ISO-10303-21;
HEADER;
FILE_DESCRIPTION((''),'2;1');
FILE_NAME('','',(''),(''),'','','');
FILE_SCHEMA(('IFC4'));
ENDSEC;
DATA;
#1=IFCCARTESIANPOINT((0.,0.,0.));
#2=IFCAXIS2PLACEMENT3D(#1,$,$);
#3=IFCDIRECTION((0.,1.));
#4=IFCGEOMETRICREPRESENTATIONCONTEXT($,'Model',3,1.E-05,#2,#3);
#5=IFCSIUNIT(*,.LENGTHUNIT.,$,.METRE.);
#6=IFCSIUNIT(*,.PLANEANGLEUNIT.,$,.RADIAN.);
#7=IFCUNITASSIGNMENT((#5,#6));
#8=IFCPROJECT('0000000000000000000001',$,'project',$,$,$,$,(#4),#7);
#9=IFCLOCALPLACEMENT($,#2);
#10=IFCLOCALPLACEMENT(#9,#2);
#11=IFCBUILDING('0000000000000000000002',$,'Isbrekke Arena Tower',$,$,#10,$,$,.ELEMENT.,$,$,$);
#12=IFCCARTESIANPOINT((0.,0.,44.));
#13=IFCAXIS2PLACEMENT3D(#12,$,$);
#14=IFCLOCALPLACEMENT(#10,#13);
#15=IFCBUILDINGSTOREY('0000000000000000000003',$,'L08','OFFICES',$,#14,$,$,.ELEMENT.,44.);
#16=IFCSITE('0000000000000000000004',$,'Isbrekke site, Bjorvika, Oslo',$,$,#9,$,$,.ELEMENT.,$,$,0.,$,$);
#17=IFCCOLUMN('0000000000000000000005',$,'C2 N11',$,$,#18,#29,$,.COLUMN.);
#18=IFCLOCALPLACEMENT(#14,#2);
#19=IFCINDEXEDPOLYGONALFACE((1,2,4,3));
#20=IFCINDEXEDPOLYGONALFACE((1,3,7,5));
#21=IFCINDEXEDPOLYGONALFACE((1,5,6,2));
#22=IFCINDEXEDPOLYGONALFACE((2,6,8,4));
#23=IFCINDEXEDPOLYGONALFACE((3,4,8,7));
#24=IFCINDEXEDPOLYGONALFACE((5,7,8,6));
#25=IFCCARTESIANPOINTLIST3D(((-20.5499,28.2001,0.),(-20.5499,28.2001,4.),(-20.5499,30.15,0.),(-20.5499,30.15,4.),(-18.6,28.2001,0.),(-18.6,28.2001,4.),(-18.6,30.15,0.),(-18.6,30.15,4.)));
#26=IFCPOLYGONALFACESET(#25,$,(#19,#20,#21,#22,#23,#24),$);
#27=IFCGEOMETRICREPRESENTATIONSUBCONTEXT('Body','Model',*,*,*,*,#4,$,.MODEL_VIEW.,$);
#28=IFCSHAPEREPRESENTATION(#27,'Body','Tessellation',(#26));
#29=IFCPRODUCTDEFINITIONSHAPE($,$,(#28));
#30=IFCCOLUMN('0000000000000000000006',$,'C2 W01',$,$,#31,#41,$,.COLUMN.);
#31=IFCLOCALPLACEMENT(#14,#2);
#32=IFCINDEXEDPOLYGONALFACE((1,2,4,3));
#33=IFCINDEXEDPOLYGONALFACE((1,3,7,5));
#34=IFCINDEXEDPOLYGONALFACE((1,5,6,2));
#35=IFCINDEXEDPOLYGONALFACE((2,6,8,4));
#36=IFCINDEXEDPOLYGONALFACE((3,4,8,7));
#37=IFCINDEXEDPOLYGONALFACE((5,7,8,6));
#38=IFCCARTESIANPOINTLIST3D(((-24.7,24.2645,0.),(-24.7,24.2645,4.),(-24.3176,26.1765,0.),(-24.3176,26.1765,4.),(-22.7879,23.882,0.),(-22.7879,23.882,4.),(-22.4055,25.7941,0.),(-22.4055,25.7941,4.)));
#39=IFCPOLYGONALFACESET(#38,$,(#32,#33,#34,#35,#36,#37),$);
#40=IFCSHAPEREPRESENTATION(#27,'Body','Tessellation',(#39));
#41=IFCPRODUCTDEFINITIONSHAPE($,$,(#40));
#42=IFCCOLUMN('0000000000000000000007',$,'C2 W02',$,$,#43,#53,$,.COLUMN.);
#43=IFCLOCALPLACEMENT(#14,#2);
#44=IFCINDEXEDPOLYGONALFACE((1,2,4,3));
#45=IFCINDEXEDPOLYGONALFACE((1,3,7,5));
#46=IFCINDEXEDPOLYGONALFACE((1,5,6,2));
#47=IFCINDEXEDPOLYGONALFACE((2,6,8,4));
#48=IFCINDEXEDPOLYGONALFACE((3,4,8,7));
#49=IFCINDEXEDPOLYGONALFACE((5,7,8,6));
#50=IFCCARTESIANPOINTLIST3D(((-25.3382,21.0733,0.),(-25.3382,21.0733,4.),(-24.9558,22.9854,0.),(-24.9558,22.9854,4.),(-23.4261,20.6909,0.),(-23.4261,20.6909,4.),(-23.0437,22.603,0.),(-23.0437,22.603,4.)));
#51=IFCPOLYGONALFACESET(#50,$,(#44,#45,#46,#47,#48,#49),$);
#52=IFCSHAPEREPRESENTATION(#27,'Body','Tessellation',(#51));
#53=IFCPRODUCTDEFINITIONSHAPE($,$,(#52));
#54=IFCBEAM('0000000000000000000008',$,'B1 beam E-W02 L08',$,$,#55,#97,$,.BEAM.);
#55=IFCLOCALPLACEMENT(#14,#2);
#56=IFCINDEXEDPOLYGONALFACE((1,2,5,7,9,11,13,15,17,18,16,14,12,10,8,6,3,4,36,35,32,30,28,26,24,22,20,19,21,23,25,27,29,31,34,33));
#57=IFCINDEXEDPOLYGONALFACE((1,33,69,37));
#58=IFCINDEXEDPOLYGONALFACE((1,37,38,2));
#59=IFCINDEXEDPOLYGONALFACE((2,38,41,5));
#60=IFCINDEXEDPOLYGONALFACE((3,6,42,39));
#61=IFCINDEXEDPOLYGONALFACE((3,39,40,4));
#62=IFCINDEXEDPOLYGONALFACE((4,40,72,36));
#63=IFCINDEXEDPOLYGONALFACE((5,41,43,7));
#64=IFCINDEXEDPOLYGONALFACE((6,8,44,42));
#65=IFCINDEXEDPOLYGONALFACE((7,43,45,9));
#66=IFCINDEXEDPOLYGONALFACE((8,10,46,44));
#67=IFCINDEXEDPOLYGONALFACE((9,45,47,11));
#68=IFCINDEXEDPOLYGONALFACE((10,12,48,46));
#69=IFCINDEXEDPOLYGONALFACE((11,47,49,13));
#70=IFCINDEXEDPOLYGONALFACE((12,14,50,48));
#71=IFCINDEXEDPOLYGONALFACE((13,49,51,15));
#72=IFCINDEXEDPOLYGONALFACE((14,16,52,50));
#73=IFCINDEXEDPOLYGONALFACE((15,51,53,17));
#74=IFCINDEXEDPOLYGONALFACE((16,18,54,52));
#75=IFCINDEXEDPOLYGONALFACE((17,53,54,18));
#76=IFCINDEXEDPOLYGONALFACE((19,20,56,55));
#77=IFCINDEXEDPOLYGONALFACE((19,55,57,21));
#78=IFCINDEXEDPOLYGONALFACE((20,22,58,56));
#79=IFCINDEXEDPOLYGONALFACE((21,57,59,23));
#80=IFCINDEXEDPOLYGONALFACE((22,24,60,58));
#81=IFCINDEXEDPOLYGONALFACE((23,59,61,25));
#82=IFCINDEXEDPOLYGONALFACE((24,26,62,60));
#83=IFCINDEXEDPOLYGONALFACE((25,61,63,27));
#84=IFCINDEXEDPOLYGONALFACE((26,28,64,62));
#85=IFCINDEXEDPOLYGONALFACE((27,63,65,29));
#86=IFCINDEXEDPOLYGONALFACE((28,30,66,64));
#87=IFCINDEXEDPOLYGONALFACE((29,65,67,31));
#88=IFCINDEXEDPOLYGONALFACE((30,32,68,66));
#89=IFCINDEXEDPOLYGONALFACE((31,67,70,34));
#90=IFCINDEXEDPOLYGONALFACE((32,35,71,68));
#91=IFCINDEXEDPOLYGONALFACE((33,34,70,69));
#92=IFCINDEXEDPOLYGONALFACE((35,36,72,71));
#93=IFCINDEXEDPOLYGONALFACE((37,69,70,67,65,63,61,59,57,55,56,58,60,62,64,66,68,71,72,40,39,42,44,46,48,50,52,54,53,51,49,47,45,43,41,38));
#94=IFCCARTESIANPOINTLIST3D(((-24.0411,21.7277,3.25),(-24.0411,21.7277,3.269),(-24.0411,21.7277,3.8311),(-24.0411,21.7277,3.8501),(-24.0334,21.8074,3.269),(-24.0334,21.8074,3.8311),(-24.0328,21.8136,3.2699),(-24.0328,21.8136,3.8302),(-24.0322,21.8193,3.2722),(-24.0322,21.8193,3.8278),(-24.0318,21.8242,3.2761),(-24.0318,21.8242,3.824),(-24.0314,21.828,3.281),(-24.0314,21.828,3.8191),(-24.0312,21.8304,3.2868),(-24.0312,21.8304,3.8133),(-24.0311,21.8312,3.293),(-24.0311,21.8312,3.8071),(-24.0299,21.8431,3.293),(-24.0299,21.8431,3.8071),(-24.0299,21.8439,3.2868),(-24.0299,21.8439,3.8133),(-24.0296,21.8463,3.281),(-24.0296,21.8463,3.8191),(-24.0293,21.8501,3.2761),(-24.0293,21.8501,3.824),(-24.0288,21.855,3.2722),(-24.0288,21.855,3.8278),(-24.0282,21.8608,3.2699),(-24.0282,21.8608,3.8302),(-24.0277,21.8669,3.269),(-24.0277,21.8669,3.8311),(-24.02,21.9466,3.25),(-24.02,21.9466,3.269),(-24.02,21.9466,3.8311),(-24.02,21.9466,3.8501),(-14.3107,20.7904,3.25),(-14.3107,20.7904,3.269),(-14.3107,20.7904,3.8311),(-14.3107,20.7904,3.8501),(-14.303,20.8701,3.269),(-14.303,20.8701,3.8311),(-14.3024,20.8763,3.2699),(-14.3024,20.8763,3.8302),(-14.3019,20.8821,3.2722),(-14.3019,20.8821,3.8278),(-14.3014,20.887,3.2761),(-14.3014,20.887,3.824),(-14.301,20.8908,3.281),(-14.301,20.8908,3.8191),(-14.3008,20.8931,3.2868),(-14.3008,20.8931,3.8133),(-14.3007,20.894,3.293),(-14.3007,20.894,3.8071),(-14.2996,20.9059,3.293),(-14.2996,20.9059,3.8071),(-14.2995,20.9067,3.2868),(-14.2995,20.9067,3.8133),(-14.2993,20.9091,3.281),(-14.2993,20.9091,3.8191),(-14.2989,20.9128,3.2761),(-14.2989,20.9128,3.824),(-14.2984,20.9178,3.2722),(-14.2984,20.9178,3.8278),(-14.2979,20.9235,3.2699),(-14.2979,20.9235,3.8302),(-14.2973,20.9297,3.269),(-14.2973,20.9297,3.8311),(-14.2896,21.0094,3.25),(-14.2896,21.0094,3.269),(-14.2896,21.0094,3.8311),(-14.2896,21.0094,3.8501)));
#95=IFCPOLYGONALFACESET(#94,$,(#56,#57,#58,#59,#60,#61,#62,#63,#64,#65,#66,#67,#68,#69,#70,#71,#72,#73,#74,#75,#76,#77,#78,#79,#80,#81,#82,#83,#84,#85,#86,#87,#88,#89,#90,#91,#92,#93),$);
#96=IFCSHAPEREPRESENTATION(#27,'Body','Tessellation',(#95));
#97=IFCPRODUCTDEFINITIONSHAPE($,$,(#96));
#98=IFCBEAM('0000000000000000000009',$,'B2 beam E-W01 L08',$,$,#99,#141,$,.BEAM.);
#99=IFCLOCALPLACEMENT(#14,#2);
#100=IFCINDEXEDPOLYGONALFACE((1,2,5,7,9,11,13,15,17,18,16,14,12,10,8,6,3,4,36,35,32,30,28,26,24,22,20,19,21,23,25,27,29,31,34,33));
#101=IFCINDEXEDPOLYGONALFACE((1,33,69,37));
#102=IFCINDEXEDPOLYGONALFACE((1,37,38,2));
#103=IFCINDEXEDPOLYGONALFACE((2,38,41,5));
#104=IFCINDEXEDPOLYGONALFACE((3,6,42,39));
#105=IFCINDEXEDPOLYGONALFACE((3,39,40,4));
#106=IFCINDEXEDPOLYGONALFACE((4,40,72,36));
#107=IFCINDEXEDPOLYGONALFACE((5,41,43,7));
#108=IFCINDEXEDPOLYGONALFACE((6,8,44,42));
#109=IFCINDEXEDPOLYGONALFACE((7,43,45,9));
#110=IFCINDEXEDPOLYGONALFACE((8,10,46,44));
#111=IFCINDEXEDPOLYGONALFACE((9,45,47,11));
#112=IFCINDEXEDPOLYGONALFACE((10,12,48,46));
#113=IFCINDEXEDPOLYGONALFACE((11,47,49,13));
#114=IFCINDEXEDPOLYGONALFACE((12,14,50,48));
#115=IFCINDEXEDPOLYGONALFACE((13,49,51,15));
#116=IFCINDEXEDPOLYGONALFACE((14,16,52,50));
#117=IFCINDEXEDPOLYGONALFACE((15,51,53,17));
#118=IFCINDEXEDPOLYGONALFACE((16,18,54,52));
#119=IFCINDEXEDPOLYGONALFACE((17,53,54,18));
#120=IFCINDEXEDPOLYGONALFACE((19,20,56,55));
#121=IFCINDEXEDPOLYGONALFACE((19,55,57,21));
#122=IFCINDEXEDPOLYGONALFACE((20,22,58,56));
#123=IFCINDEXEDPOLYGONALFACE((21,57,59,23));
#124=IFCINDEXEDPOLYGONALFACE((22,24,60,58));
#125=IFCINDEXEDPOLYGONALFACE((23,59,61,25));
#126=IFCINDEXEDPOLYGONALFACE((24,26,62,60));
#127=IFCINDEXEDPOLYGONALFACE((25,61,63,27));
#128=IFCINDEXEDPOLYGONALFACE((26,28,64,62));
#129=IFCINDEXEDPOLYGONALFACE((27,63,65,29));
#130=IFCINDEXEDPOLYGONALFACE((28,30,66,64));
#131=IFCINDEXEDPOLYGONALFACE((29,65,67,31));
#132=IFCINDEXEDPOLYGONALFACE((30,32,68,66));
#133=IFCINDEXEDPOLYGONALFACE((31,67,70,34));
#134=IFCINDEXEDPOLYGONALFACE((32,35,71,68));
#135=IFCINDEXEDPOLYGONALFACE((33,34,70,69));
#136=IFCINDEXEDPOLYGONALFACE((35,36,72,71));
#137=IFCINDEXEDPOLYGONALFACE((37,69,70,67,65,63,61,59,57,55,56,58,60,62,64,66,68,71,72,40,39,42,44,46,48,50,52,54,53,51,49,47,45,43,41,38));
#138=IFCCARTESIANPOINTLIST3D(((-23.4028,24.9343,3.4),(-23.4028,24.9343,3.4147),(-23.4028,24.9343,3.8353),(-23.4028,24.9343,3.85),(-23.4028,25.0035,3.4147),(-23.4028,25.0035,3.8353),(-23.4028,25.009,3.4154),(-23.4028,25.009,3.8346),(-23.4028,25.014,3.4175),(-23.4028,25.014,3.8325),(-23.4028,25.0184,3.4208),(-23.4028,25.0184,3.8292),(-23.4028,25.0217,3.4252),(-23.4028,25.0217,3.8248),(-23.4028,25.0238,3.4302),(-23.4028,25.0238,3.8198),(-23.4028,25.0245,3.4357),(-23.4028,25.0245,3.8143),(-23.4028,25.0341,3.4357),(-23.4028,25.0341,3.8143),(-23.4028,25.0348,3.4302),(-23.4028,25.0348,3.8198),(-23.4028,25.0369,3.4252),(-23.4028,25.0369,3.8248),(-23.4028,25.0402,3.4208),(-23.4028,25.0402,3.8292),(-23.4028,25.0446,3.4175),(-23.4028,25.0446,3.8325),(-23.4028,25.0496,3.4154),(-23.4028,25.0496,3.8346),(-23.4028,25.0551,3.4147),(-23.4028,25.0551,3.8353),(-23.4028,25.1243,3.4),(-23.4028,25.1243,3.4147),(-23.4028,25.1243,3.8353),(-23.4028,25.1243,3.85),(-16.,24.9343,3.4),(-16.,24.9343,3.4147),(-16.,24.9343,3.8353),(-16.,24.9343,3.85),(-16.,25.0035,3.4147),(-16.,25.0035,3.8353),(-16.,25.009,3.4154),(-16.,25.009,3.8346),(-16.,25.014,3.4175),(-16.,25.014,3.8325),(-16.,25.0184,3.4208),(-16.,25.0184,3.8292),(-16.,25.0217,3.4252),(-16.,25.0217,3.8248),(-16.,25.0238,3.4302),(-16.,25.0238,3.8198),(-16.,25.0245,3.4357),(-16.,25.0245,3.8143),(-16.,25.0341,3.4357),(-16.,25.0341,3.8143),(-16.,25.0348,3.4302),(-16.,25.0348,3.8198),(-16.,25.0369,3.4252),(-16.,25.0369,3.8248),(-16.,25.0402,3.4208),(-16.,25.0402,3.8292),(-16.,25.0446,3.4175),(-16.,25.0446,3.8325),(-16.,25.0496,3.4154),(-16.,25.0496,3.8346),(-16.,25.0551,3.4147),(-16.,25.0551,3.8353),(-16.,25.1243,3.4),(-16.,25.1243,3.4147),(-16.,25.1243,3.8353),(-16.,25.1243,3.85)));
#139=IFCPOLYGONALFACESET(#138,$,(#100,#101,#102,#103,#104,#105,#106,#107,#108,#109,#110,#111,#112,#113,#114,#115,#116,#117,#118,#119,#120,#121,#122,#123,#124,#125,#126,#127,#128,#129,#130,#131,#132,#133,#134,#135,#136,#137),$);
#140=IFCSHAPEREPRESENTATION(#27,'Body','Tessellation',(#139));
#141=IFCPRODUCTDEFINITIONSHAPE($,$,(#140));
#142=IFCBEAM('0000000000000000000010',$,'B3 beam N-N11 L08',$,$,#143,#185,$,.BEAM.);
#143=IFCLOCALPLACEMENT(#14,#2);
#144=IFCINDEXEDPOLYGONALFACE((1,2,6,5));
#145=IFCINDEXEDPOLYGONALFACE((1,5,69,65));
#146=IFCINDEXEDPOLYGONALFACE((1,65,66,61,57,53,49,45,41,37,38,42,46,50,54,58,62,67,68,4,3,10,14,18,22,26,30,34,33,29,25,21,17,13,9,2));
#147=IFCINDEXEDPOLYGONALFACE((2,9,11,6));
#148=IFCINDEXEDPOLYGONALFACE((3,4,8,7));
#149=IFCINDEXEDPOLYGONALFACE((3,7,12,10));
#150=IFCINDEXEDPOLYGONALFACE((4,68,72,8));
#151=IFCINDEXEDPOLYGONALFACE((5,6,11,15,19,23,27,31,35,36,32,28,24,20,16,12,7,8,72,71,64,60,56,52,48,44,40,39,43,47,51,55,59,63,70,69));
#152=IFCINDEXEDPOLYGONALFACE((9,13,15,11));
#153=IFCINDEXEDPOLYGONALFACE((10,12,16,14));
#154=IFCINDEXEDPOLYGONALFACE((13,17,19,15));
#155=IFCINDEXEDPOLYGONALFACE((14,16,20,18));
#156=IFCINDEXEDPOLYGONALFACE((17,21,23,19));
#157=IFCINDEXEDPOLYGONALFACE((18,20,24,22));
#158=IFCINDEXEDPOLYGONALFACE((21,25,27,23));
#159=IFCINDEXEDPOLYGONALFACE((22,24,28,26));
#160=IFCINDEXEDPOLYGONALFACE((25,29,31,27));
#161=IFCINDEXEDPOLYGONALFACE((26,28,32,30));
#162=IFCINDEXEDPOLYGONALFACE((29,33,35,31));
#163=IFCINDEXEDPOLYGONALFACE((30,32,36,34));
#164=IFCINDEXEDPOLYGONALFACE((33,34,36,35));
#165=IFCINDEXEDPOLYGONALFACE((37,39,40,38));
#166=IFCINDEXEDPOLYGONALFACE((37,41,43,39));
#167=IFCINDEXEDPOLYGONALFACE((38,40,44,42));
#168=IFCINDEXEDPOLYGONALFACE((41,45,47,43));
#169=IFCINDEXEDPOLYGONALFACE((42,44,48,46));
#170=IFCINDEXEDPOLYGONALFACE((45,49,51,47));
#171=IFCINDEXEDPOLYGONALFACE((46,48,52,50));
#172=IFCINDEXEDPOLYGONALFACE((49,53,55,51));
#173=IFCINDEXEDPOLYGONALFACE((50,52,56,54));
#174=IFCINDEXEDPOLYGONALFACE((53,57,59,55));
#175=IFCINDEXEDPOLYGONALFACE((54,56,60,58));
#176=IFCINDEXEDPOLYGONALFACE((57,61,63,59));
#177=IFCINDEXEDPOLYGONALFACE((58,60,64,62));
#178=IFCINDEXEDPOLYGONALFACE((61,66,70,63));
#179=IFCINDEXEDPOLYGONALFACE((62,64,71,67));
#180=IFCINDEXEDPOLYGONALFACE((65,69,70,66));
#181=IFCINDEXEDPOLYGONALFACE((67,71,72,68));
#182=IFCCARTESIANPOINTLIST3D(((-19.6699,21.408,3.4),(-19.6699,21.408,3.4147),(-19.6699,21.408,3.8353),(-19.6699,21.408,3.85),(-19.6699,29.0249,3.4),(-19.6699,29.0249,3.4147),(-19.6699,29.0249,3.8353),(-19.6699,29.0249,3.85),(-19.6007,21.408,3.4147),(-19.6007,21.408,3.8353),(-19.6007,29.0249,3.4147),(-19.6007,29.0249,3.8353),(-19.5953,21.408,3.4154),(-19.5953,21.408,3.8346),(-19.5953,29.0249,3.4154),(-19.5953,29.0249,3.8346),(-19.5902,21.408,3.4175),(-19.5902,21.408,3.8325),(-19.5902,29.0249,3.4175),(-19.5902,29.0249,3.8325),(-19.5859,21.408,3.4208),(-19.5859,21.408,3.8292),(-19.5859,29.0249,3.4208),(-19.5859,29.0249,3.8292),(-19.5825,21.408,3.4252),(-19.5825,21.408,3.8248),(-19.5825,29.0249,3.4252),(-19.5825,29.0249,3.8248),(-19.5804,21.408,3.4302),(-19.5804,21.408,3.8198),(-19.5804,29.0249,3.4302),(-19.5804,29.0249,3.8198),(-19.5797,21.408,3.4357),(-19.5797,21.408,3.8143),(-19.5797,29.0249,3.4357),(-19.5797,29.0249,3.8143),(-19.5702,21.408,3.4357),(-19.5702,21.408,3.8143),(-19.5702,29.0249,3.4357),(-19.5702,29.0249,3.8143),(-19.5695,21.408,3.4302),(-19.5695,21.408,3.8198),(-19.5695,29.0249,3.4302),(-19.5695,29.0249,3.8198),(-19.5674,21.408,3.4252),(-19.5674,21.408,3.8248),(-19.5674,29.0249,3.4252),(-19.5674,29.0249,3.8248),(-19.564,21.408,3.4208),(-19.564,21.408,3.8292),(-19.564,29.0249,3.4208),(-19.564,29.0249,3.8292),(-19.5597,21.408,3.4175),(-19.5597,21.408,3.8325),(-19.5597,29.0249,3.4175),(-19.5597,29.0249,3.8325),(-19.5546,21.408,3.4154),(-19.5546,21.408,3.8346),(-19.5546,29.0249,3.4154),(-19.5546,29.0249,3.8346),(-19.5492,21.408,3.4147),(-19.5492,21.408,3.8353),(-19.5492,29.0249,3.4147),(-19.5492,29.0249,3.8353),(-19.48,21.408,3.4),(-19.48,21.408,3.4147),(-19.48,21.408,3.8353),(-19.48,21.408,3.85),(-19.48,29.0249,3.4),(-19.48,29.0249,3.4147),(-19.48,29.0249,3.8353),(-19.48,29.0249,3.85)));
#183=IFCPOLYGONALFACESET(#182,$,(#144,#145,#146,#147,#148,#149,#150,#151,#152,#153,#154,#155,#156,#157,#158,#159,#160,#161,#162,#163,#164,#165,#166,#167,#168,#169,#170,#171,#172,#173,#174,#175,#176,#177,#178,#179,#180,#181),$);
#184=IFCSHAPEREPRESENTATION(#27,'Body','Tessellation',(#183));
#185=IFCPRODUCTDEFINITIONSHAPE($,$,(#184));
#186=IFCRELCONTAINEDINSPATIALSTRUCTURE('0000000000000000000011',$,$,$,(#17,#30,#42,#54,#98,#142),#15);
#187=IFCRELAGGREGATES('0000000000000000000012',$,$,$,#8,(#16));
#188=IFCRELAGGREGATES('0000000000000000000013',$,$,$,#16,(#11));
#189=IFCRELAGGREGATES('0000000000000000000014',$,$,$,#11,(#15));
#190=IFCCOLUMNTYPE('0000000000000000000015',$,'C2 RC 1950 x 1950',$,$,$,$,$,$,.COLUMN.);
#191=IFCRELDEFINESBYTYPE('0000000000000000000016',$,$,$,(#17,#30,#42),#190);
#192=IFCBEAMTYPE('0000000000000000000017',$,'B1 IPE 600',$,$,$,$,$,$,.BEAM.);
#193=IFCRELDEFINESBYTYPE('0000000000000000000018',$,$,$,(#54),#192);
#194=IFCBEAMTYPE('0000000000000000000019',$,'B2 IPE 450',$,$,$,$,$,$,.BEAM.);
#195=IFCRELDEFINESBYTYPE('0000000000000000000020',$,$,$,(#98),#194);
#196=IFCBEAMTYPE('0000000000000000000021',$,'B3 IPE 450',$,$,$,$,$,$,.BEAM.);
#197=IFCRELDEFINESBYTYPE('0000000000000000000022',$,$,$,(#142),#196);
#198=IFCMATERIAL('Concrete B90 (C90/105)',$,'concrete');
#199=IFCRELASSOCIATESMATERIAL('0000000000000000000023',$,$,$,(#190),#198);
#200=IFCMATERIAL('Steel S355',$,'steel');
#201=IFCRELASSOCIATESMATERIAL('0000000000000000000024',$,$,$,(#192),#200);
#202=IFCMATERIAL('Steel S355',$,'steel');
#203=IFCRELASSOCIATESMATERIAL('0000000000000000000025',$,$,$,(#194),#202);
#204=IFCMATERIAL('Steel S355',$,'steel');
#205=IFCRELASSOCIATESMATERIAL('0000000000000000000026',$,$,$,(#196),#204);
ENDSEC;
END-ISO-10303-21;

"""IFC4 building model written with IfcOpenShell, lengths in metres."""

from ifc_helpers import new_model, si_unit, direction, frame, origin, origin_2d, place, context, subcontext, project, spatial, rectangle, i_section, extrude, material, material_profile, profile_set, type_object, element, save


model = new_model("IFC4")

# Units and contexts
model_context = context("Model", 3, precision=1e-05, world=origin(), true_north=direction((0.0, 1.0)))
body_context = subcontext(model_context, "Body", "Model", "MODEL_VIEW")
ifc_project = project(units=[si_unit("LENGTHUNIT", "METRE"), si_unit("PLANEANGLEUNIT", "RADIAN")], contexts=[model_context])

# Site, building, storey
site_placement = place(None, origin())
site = spatial("IfcSite", under=ifc_project, at=site_placement, Name="Isbrekke site, Bjorvika, Oslo", CompositionType="ELEMENT", RefElevation=0.0)
building_placement = place(site_placement, origin())
building = spatial("IfcBuilding", under=site, at=building_placement, Name="Isbrekke Arena Tower", CompositionType="ELEMENT")
storey_placement = place(building_placement, frame((0.0, 0.0, 44.0)))
storey = spatial("IfcBuildingStorey", under=building, at=storey_placement, Name="L08", Description="OFFICES", CompositionType="ELEMENT", Elevation=44.0)

# Columns
ifc_material_1 = material(Name="Concrete B90 (C90/105)", Category="concrete")
ifc_material_profile_1 = material_profile(ifc_material_1, rectangle(XDim=1.95, YDim=1.95, at=origin_2d()), Name="RC 1950x1950")
ifc_profile_set_1 = profile_set([ifc_material_profile_1], Name="Concrete B90 (C90/105)")
column_type = type_object("IfcColumnType", Name="C2 RC 1950 x 1950", PredefinedType="COLUMN", material=ifc_profile_set_1)
for number, where, z_axis, x_axis, name in (
    (1, (-19.575, 29.175, 0.0), (0.0, 0.0, 1.0), (-1.0, 0.0, 0.0), "C2 N11"),
    (2, (-23.5527, 25.0293, 0.0), (0.0, 0.0, 1.0), (-0.196116, -0.980581, 0.0), "C2 W01"),
    (3, (-24.1909, 21.8381, 0.0), (0.0, 0.0, 1.0), (-0.196116, -0.980581, 0.0), "C2 W02"),
):
    element("IfcColumn", number, at=place(storey_placement, frame(where, z_axis=z_axis, x_axis=x_axis)), inside=storey, type_object=column_type, Name=name, PredefinedType="COLUMN", context=body_context, shape_type="SweptSolid", body=[
        extrude(rectangle(XDim=1.95, YDim=1.95, at=origin_2d()), origin(), (0.0, 0.0, 1.0), 4.0),
    ])

# Beams
ifc_material_2 = material(Name="Steel S355", Category="steel")
ifc_material_profile_2 = material_profile(ifc_material_2, i_section(OverallWidth=0.22, OverallDepth=0.6001, WebThickness=0.012, FlangeThickness=0.019, FilletRadius=0.0239, at=origin_2d()), Name="IPE 600")
ifc_profile_set_2 = profile_set([ifc_material_profile_2], Name="Steel S355")
beam_type_1 = type_object("IfcBeamType", Name="B1 IPE 600", PredefinedType="BEAM", material=ifc_profile_set_2)
beam_1_placement = place(storey_placement, frame((-24.0305, 21.8372, 3.55), z_axis=(0.995393, -0.095878, 0.0), x_axis=(0.095878, 0.995393, 0.0)))
element("IfcBeam", 4, at=beam_1_placement, inside=storey, type_object=beam_type_1, Name="B1 beam E-W02 L08", PredefinedType="BEAM", context=body_context, shape_type="SweptSolid", body=[
    extrude(i_section(OverallWidth=0.22, OverallDepth=0.6001, WebThickness=0.012, FlangeThickness=0.019, FilletRadius=0.0239, at=origin_2d()), origin(), (0.0, 0.0, 1.0), 9.7754),
])
ifc_material_3 = material(Name="Steel S355", Category="steel")
ifc_material_profile_3 = material_profile(ifc_material_3, i_section(OverallWidth=0.1899, OverallDepth=0.45, WebThickness=0.0095, FlangeThickness=0.0146, FilletRadius=0.021, at=origin_2d()), Name="IPE 450")
ifc_profile_set_3 = profile_set([ifc_material_profile_3], Name="Steel S355")
beam_type_2 = type_object("IfcBeamType", Name="B2 IPE 450", PredefinedType="BEAM", material=ifc_profile_set_3)
beam_2_placement = place(storey_placement, frame((-23.4028, 25.0293, 3.625), z_axis=(1.0, 0.0, 0.0), x_axis=(0.0, 1.0, 0.0)))
element("IfcBeam", 5, at=beam_2_placement, inside=storey, type_object=beam_type_2, Name="B2 beam E-W01 L08", PredefinedType="BEAM", context=body_context, shape_type="SweptSolid", body=[
    extrude(i_section(OverallWidth=0.1899, OverallDepth=0.45, WebThickness=0.0095, FlangeThickness=0.0146, FilletRadius=0.021, at=origin_2d()), origin(), (0.0, 0.0, 1.0), 7.4028),
])
ifc_material_4 = material(Name="Steel S355", Category="steel")
ifc_material_profile_4 = material_profile(ifc_material_4, i_section(OverallWidth=0.1899, OverallDepth=0.45, WebThickness=0.0095, FlangeThickness=0.0146, FilletRadius=0.021, at=origin_2d()), Name="IPE 450")
ifc_profile_set_4 = profile_set([ifc_material_profile_4], Name="Steel S355")
beam_type_3 = type_object("IfcBeamType", Name="B3 IPE 450", PredefinedType="BEAM", material=ifc_profile_set_4)
beam_3_placement = place(storey_placement, frame((-19.575, 29.0249, 3.625), z_axis=(0.0, -1.0, 0.0), x_axis=(1.0, 0.0, 0.0)))
element("IfcBeam", 6, at=beam_3_placement, inside=storey, type_object=beam_type_3, Name="B3 beam N-N11 L08", PredefinedType="BEAM", context=body_context, shape_type="SweptSolid", body=[
    extrude(i_section(OverallWidth=0.1899, OverallDepth=0.45, WebThickness=0.0095, FlangeThickness=0.0146, FilletRadius=0.021, at=origin_2d()), origin(), (0.0, 0.0, 1.0), 7.6169),
])

save(model, "model.ifc")
